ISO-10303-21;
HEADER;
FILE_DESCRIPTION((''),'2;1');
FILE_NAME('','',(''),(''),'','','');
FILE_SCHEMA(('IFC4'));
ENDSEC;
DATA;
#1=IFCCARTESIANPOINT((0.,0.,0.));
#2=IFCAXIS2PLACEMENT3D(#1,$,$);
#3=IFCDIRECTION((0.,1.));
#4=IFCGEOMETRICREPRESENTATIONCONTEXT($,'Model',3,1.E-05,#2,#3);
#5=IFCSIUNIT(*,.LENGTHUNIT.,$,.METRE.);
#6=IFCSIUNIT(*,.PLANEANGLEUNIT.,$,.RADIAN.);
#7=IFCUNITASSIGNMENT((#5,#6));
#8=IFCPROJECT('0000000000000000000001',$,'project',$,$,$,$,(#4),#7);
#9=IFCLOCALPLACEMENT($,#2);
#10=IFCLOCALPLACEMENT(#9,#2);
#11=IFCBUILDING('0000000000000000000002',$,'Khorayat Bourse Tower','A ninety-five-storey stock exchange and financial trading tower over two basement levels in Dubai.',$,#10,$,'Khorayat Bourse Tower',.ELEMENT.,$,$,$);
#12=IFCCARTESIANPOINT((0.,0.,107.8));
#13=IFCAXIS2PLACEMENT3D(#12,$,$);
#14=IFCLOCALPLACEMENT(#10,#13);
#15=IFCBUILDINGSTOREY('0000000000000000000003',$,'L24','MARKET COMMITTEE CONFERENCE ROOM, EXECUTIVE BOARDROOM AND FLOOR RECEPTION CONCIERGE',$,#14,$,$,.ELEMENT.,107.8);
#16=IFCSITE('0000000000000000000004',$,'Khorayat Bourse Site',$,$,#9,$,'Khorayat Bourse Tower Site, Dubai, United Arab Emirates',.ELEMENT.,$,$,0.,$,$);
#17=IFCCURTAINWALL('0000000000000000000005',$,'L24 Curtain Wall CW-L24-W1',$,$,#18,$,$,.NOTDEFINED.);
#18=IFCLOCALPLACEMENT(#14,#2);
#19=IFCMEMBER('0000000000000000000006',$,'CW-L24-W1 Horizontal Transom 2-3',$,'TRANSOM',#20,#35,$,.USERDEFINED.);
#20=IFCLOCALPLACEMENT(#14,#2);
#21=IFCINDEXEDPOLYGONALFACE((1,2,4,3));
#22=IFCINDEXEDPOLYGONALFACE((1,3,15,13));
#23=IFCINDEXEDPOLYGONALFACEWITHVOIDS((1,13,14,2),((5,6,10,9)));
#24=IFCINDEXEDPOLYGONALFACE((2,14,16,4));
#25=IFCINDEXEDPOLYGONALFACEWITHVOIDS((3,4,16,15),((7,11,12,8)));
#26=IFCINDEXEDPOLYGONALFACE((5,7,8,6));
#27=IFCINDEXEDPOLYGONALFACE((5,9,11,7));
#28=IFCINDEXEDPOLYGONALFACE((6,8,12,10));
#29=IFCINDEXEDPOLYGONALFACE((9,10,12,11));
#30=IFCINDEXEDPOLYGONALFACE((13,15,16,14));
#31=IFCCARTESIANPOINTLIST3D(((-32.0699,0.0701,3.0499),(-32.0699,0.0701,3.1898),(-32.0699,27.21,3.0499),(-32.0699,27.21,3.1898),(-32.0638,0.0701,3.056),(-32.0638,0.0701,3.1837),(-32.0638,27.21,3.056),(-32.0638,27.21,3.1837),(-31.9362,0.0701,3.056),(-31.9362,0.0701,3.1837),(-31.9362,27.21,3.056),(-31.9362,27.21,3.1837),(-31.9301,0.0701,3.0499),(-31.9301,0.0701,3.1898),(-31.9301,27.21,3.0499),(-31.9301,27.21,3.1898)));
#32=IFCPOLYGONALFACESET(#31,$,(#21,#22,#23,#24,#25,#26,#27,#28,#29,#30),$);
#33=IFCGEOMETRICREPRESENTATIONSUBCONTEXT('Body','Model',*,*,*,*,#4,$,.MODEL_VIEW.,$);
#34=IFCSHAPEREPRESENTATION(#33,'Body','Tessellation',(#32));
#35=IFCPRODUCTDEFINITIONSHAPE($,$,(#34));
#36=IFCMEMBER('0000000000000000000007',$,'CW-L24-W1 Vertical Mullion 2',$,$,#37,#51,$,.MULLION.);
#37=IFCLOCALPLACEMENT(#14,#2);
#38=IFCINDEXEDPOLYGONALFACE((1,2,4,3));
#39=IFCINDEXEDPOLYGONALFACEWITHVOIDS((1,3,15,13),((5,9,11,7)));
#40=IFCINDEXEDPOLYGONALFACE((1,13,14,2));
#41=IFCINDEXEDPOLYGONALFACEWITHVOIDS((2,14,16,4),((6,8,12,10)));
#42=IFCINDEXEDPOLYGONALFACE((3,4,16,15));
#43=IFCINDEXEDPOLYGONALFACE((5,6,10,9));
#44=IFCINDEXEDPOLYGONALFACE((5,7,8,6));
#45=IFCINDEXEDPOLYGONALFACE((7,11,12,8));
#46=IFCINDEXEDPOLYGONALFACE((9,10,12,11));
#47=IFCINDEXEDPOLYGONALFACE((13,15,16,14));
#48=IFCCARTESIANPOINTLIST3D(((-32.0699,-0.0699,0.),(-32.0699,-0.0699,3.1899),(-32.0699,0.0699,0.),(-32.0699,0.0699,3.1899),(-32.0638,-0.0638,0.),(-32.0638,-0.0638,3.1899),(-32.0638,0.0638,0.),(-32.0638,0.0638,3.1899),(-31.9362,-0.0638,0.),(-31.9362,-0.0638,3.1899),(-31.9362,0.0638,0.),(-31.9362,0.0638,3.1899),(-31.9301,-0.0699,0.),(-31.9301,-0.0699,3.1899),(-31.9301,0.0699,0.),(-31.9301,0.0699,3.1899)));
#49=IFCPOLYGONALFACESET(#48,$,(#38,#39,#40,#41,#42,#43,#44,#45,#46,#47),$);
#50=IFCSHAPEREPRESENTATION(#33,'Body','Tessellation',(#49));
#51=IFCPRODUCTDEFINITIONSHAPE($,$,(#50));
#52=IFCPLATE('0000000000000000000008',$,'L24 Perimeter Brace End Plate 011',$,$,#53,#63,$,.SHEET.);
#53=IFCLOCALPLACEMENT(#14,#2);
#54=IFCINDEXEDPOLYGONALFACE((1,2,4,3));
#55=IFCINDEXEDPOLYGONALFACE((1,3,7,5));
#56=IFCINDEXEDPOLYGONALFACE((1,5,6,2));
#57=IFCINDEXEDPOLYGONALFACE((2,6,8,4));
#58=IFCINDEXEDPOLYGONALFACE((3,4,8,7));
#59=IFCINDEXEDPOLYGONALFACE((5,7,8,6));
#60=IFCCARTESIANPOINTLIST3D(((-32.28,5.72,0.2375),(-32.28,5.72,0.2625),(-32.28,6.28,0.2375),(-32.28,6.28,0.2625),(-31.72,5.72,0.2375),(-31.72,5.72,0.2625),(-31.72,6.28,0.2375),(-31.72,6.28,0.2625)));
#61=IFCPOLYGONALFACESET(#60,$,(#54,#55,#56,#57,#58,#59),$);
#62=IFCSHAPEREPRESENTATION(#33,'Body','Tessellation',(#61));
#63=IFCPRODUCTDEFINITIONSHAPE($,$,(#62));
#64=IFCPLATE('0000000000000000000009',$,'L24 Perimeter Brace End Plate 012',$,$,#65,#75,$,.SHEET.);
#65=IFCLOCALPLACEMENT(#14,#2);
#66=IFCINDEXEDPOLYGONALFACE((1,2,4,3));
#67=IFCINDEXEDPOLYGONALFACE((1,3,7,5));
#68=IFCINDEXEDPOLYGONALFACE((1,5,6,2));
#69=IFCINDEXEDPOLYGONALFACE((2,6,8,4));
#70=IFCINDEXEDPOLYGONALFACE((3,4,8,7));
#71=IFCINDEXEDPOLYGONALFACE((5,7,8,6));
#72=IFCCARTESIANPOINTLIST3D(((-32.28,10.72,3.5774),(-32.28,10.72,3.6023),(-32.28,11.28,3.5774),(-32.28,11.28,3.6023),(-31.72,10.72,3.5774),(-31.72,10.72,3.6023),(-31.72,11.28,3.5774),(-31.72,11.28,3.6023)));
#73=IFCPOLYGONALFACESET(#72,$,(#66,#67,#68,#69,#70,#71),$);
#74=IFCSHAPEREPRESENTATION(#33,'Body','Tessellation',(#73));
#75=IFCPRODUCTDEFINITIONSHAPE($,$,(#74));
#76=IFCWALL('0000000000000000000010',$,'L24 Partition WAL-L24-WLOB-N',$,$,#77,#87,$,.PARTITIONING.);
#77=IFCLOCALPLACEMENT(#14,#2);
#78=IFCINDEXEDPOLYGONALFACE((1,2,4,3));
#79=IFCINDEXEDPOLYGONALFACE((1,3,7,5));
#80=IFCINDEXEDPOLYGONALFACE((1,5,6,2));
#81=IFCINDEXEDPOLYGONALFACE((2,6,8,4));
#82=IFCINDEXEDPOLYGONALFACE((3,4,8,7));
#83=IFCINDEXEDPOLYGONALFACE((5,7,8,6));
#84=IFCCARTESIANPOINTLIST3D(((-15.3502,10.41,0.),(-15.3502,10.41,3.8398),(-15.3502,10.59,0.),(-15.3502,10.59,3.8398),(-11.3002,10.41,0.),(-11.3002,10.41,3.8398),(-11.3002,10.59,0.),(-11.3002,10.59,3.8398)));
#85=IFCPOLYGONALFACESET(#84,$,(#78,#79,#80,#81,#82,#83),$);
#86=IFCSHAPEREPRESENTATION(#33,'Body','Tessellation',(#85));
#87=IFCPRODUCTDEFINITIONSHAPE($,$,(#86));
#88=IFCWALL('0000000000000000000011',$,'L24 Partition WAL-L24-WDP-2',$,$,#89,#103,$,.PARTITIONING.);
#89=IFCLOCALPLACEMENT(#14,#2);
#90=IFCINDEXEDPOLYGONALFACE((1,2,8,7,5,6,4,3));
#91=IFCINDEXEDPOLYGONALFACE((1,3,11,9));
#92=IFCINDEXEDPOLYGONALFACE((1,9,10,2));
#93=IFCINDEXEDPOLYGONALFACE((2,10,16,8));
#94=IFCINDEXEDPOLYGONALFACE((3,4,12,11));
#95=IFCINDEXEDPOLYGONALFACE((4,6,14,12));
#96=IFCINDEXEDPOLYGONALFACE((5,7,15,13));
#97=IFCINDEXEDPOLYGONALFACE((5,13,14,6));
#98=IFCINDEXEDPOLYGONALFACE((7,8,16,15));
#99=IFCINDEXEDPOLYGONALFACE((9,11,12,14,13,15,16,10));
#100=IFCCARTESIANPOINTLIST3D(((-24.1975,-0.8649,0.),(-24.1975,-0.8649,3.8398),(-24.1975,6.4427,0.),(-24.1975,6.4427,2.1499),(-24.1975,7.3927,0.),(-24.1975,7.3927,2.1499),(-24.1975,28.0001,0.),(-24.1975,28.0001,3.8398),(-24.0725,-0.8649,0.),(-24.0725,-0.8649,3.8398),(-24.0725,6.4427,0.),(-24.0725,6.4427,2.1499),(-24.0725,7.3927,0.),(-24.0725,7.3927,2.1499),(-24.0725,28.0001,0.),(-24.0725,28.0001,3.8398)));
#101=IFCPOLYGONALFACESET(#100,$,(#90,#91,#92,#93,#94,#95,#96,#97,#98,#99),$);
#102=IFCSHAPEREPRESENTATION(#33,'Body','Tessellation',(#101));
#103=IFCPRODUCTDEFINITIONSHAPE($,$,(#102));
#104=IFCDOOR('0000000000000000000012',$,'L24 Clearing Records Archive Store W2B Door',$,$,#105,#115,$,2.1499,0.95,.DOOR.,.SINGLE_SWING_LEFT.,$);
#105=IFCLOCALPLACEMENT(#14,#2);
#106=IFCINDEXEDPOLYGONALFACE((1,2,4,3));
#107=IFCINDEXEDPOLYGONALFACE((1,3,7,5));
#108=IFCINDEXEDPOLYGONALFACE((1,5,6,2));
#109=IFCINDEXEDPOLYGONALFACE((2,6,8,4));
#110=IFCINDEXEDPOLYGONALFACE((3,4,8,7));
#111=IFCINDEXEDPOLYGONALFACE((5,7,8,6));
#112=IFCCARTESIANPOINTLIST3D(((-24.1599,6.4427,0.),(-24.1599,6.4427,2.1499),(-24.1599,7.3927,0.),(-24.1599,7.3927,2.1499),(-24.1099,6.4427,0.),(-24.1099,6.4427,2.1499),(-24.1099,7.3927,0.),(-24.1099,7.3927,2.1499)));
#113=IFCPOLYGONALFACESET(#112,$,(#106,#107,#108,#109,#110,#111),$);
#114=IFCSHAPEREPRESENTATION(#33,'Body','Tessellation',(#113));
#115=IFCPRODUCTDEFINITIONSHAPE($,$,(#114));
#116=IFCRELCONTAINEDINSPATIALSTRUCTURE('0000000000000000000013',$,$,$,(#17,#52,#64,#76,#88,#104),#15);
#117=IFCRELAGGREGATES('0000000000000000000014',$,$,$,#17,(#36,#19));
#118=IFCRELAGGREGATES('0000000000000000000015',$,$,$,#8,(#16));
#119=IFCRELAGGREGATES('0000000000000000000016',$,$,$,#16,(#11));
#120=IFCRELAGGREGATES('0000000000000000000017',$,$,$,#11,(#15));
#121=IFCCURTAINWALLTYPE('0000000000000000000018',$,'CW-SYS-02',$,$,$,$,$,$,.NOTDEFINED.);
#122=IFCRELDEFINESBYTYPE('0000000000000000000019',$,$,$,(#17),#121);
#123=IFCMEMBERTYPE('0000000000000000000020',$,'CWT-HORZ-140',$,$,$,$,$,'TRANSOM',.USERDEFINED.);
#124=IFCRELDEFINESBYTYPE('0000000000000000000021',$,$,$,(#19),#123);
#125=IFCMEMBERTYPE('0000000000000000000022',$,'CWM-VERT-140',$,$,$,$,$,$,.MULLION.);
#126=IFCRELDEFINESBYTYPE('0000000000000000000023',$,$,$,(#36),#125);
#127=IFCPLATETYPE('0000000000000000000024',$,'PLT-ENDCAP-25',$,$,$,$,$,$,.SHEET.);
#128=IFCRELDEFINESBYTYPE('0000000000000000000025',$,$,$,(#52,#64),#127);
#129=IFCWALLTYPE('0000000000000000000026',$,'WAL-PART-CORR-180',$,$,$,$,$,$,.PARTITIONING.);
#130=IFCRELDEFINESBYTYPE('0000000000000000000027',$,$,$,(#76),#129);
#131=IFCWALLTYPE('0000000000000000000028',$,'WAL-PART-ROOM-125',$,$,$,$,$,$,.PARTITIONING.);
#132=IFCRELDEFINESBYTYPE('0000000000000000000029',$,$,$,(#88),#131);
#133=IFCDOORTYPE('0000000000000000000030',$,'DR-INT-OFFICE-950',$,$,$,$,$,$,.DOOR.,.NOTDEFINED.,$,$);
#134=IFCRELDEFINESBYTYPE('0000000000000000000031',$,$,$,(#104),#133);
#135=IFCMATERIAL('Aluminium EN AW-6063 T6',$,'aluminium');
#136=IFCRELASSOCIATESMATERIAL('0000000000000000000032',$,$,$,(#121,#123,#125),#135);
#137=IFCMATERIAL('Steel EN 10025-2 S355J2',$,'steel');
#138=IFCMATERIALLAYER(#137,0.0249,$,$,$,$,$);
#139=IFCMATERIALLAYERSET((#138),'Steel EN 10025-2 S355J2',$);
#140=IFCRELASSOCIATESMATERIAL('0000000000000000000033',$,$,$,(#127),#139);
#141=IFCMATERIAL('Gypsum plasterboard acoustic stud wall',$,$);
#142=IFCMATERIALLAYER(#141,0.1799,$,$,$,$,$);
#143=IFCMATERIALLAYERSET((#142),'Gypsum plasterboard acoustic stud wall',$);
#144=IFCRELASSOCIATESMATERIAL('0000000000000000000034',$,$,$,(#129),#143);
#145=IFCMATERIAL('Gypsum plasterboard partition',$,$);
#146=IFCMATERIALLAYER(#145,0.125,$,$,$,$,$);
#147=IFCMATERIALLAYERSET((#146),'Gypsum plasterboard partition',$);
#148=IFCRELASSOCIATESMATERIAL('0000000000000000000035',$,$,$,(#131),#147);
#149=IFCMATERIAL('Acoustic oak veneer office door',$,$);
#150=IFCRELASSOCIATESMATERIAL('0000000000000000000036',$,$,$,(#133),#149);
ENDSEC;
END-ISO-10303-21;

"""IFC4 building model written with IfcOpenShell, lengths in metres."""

from ifc_helpers import new_model, si_unit, direction, frame, frame_2d, origin, origin_2d, place, context, subcontext, project, spatial, rectangle, hollow_rectangle, extrude, source, transform, mapped, material, layer, layer_set, material_profile, profile_set, type_object, element, fill, aggregate, save


model = new_model("IFC4")

# Units and contexts
model_context = context("Model", 3, precision=1e-05, world=origin(), true_north=direction((0.0, 1.0)))
body_context = subcontext(model_context, "Body", "Model", "MODEL_VIEW")
ifc_project = project(units=[si_unit("LENGTHUNIT", "METRE"), si_unit("PLANEANGLEUNIT", "RADIAN")], contexts=[model_context])

# Site, building, storey
site_placement = place(None, origin())
site = spatial("IfcSite", under=ifc_project, at=site_placement, Name="Khorayat Bourse Site", LongName="Khorayat Bourse Tower Site, Dubai, United Arab Emirates", CompositionType="ELEMENT", RefElevation=0.0)
building_placement = place(site_placement, origin())
building = spatial("IfcBuilding", under=site, at=building_placement, Name="Khorayat Bourse Tower", Description="A ninety-five-storey stock exchange and financial trading tower over two basement levels in Dubai.", LongName="Khorayat Bourse Tower", CompositionType="ELEMENT")
storey_placement = place(building_placement, frame((0.0, 0.0, 107.8)))
storey = spatial("IfcBuildingStorey", under=building, at=storey_placement, Name="L24", Description="MARKET COMMITTEE CONFERENCE ROOM, EXECUTIVE BOARDROOM AND FLOOR RECEPTION CONCIERGE", CompositionType="ELEMENT", Elevation=107.8)

# Curtain wall, members
ifc_material_1 = material(Name="Aluminium EN AW-6063 T6", Category="aluminium")
curtain_wall_type = type_object("IfcCurtainWallType", Name="CW-SYS-02", PredefinedType="NOTDEFINED", material=ifc_material_1)
curtain_wall_placement = place(storey_placement, origin())
curtain_wall = element("IfcCurtainWall", 1, at=curtain_wall_placement, inside=storey, type_object=curtain_wall_type, Name="L24 Curtain Wall CW-L24-W1", PredefinedType="NOTDEFINED")
ifc_material_profile_1 = material_profile(ifc_material_1, hollow_rectangle(XDim=0.1399, YDim=0.1399, WallThickness=0.0061, at=origin_2d()), Name="ALU 140x140x6")
ifc_profile_set_1 = profile_set([ifc_material_profile_1], Name="Aluminium EN AW-6063 T6")
member_type_1 = type_object("IfcMemberType", Name="CWT-HORZ-140", ElementType="TRANSOM", PredefinedType="USERDEFINED", material=ifc_profile_set_1)
shared_shape_1 = source(origin(), body_context, "Body", "SweptSolid", [
    extrude(hollow_rectangle(XDim=0.1399, YDim=0.1399, WallThickness=0.0061, at=origin_2d()), origin(), (0.0, 0.0, 1.0), 27.1399),
])
member_1_placement = place(storey_placement, frame((-32.0, 0.0701, 3.1199), z_axis=(0.0, 1.0, 0.0), x_axis=(-1.0, 0.0, 0.0)))
member_1 = element("IfcMember", 2, at=member_1_placement, type_object=member_type_1, Name="CW-L24-W1 Horizontal Transom 2-3", ObjectType="TRANSOM", PredefinedType="USERDEFINED", context=body_context, shape_type="MappedRepresentation", body=[
    mapped(shared_shape_1, transform((0.0, 0.0, 0.0), scale=1.0)),
])
ifc_material_profile_2 = material_profile(ifc_material_1, hollow_rectangle(XDim=0.1399, YDim=0.1399, WallThickness=0.0061, at=origin_2d()), Name="ALU 140x140x6")
ifc_profile_set_2 = profile_set([ifc_material_profile_2], Name="Aluminium EN AW-6063 T6")
member_type_2 = type_object("IfcMemberType", Name="CWM-VERT-140", PredefinedType="MULLION", material=ifc_profile_set_2)
shared_shape_2 = source(origin(), body_context, "Body", "SweptSolid", [
    extrude(hollow_rectangle(XDim=0.1399, YDim=0.1399, WallThickness=0.0061, at=origin_2d()), origin(), (0.0, 0.0, 1.0), 3.1899),
])
member_2_placement = place(storey_placement, frame((-32.0, 0.0, 0.0), z_axis=(0.0, 0.0, 1.0), x_axis=(-1.0, 0.0, 0.0)))
member_2 = element("IfcMember", 3, at=member_2_placement, type_object=member_type_2, Name="CW-L24-W1 Vertical Mullion 2", PredefinedType="MULLION", context=body_context, shape_type="MappedRepresentation", body=[
    mapped(shared_shape_2, transform((0.0, 0.0, 0.0), scale=1.0)),
])
aggregate(curtain_wall, [member_2, member_1])

# Plates
ifc_material_2 = material(Name="Steel EN 10025-2 S355J2", Category="steel")
ifc_layer_1 = layer(ifc_material_2, 0.0249)
ifc_layer_set_1 = layer_set([ifc_layer_1], Name="Steel EN 10025-2 S355J2")
plate_type = type_object("IfcPlateType", Name="PLT-ENDCAP-25", PredefinedType="SHEET", material=ifc_layer_set_1)
shared_shape_3 = source(origin(), body_context, "Body", "SweptSolid", [
    extrude(rectangle(XDim=0.5601, YDim=0.5601, at=origin_2d()), origin(), (0.0, 0.0, 1.0), 0.0249),
])
for number, where, z_axis, x_axis, name in (
    (4, (-32.0, 6.0, 0.2375), (0.0, 0.0, 1.0), (1.0, 0.0, 0.0), "L24 Perimeter Brace End Plate 011"),
    (5, (-32.0, 11.0, 3.5774), (0.0, 0.0, 1.0), (1.0, 0.0, 0.0), "L24 Perimeter Brace End Plate 012"),
):
    element("IfcPlate", number, at=place(storey_placement, frame(where, z_axis=z_axis, x_axis=x_axis)), inside=storey, type_object=plate_type, Name=name, PredefinedType="SHEET", context=body_context, shape_type="MappedRepresentation", body=[
        mapped(shared_shape_3, transform((0.0, 0.0, 0.0), scale=1.0)),
    ])

# Wall
ifc_material_3 = material(Name="Gypsum plasterboard acoustic stud wall")
ifc_layer_2 = layer(ifc_material_3, 0.1799)
ifc_layer_set_2 = layer_set([ifc_layer_2], Name="Gypsum plasterboard acoustic stud wall")
wall_type_1 = type_object("IfcWallType", Name="WAL-PART-CORR-180", PredefinedType="PARTITIONING", material=ifc_layer_set_2)
shared_shape_4 = source(origin(), body_context, "Body", "SweptSolid", [
    extrude(rectangle(XDim=4.05, YDim=0.1799, at=frame_2d((2.0249, 0.0))), origin(), (0.0, 0.0, 1.0), 3.8398),
])
wall_1_placement = place(storey_placement, frame((-15.3501, 10.5, 0.0), z_axis=(0.0, 0.0, 1.0), x_axis=(1.0, 0.0, 0.0)))
element("IfcWall", 6, at=wall_1_placement, inside=storey, type_object=wall_type_1, Name="L24 Partition WAL-L24-WLOB-N", PredefinedType="PARTITIONING", context=body_context, shape_type="MappedRepresentation", body=[
    mapped(shared_shape_4, transform((0.0, 0.0, 0.0), scale=1.0)),
])

# Wall, opening, door
ifc_material_4 = material(Name="Gypsum plasterboard partition")
ifc_layer_3 = layer(ifc_material_4, 0.125)
ifc_layer_set_3 = layer_set([ifc_layer_3], Name="Gypsum plasterboard partition")
wall_type_2 = type_object("IfcWallType", Name="WAL-PART-ROOM-125", PredefinedType="PARTITIONING", material=ifc_layer_set_3)
shared_shape_5 = source(origin(), body_context, "Body", "SweptSolid", [
    extrude(rectangle(XDim=28.865, YDim=0.125, at=frame_2d((14.4326, 0.0))), origin(), (0.0, 0.0, 1.0), 3.8398),
])
wall_2_placement = place(storey_placement, frame((-24.135, -0.865, 0.0), z_axis=(0.0, 0.0, 1.0), x_axis=(0.0, 1.0, 0.0)))
wall_2 = element("IfcWall", 7, at=wall_2_placement, inside=storey, type_object=wall_type_2, Name="L24 Partition WAL-L24-WDP-2", PredefinedType="PARTITIONING", context=body_context, shape_type="MappedRepresentation", body=[
    mapped(shared_shape_5, transform((0.0, 0.0, 0.0), scale=1.0)),
])
shared_shape_6 = source(origin(), body_context, "Body", "SweptSolid", [
    extrude(rectangle(XDim=0.95, YDim=2.1499, at=frame_2d((0.4751, 1.075))), frame((0.0, 0.0725, 0.0), z_axis=(0.0, -1.0, 0.0), x_axis=(1.0, 0.0, 0.0)), (0.0, 0.0, 1.0), 0.145),
])
opening_placement = place(wall_2_placement, frame((7.3076, 0.0, 0.0)))
opening = element("IfcOpeningElement", 8, at=opening_placement, cuts=wall_2, PredefinedType="OPENING", context=body_context, shape_type="MappedRepresentation", body=[
    mapped(shared_shape_6, transform((0.0, 0.0, 0.0), scale=1.0)),
])
ifc_material_5 = material(Name="Acoustic oak veneer office door")
door_type = type_object("IfcDoorType", Name="DR-INT-OFFICE-950", OperationType="NOTDEFINED", PredefinedType="DOOR", material=ifc_material_5)
shared_shape_7 = source(origin(), body_context, "Body", "SweptSolid", [
    extrude(rectangle(XDim=0.95, YDim=2.1499, at=frame_2d((0.4751, 1.075))), frame((0.0, 0.0249, 0.0), z_axis=(0.0, -1.0, 0.0), x_axis=(1.0, 0.0, 0.0)), (0.0, 0.0, 1.0), 0.05),
])
door_placement = place(opening_placement, origin())
door = element("IfcDoor", 9, at=door_placement, inside=storey, type_object=door_type, Name="L24 Clearing Records Archive Store W2B Door", OperationType="SINGLE_SWING_LEFT", OverallHeight=2.1499, OverallWidth=0.95, PredefinedType="DOOR", context=body_context, shape_type="MappedRepresentation", body=[
    mapped(shared_shape_7, transform((0.0, 0.0, 0.0), scale=1.0)),
])
fill(opening, door)

save(model, "model.ifc")
